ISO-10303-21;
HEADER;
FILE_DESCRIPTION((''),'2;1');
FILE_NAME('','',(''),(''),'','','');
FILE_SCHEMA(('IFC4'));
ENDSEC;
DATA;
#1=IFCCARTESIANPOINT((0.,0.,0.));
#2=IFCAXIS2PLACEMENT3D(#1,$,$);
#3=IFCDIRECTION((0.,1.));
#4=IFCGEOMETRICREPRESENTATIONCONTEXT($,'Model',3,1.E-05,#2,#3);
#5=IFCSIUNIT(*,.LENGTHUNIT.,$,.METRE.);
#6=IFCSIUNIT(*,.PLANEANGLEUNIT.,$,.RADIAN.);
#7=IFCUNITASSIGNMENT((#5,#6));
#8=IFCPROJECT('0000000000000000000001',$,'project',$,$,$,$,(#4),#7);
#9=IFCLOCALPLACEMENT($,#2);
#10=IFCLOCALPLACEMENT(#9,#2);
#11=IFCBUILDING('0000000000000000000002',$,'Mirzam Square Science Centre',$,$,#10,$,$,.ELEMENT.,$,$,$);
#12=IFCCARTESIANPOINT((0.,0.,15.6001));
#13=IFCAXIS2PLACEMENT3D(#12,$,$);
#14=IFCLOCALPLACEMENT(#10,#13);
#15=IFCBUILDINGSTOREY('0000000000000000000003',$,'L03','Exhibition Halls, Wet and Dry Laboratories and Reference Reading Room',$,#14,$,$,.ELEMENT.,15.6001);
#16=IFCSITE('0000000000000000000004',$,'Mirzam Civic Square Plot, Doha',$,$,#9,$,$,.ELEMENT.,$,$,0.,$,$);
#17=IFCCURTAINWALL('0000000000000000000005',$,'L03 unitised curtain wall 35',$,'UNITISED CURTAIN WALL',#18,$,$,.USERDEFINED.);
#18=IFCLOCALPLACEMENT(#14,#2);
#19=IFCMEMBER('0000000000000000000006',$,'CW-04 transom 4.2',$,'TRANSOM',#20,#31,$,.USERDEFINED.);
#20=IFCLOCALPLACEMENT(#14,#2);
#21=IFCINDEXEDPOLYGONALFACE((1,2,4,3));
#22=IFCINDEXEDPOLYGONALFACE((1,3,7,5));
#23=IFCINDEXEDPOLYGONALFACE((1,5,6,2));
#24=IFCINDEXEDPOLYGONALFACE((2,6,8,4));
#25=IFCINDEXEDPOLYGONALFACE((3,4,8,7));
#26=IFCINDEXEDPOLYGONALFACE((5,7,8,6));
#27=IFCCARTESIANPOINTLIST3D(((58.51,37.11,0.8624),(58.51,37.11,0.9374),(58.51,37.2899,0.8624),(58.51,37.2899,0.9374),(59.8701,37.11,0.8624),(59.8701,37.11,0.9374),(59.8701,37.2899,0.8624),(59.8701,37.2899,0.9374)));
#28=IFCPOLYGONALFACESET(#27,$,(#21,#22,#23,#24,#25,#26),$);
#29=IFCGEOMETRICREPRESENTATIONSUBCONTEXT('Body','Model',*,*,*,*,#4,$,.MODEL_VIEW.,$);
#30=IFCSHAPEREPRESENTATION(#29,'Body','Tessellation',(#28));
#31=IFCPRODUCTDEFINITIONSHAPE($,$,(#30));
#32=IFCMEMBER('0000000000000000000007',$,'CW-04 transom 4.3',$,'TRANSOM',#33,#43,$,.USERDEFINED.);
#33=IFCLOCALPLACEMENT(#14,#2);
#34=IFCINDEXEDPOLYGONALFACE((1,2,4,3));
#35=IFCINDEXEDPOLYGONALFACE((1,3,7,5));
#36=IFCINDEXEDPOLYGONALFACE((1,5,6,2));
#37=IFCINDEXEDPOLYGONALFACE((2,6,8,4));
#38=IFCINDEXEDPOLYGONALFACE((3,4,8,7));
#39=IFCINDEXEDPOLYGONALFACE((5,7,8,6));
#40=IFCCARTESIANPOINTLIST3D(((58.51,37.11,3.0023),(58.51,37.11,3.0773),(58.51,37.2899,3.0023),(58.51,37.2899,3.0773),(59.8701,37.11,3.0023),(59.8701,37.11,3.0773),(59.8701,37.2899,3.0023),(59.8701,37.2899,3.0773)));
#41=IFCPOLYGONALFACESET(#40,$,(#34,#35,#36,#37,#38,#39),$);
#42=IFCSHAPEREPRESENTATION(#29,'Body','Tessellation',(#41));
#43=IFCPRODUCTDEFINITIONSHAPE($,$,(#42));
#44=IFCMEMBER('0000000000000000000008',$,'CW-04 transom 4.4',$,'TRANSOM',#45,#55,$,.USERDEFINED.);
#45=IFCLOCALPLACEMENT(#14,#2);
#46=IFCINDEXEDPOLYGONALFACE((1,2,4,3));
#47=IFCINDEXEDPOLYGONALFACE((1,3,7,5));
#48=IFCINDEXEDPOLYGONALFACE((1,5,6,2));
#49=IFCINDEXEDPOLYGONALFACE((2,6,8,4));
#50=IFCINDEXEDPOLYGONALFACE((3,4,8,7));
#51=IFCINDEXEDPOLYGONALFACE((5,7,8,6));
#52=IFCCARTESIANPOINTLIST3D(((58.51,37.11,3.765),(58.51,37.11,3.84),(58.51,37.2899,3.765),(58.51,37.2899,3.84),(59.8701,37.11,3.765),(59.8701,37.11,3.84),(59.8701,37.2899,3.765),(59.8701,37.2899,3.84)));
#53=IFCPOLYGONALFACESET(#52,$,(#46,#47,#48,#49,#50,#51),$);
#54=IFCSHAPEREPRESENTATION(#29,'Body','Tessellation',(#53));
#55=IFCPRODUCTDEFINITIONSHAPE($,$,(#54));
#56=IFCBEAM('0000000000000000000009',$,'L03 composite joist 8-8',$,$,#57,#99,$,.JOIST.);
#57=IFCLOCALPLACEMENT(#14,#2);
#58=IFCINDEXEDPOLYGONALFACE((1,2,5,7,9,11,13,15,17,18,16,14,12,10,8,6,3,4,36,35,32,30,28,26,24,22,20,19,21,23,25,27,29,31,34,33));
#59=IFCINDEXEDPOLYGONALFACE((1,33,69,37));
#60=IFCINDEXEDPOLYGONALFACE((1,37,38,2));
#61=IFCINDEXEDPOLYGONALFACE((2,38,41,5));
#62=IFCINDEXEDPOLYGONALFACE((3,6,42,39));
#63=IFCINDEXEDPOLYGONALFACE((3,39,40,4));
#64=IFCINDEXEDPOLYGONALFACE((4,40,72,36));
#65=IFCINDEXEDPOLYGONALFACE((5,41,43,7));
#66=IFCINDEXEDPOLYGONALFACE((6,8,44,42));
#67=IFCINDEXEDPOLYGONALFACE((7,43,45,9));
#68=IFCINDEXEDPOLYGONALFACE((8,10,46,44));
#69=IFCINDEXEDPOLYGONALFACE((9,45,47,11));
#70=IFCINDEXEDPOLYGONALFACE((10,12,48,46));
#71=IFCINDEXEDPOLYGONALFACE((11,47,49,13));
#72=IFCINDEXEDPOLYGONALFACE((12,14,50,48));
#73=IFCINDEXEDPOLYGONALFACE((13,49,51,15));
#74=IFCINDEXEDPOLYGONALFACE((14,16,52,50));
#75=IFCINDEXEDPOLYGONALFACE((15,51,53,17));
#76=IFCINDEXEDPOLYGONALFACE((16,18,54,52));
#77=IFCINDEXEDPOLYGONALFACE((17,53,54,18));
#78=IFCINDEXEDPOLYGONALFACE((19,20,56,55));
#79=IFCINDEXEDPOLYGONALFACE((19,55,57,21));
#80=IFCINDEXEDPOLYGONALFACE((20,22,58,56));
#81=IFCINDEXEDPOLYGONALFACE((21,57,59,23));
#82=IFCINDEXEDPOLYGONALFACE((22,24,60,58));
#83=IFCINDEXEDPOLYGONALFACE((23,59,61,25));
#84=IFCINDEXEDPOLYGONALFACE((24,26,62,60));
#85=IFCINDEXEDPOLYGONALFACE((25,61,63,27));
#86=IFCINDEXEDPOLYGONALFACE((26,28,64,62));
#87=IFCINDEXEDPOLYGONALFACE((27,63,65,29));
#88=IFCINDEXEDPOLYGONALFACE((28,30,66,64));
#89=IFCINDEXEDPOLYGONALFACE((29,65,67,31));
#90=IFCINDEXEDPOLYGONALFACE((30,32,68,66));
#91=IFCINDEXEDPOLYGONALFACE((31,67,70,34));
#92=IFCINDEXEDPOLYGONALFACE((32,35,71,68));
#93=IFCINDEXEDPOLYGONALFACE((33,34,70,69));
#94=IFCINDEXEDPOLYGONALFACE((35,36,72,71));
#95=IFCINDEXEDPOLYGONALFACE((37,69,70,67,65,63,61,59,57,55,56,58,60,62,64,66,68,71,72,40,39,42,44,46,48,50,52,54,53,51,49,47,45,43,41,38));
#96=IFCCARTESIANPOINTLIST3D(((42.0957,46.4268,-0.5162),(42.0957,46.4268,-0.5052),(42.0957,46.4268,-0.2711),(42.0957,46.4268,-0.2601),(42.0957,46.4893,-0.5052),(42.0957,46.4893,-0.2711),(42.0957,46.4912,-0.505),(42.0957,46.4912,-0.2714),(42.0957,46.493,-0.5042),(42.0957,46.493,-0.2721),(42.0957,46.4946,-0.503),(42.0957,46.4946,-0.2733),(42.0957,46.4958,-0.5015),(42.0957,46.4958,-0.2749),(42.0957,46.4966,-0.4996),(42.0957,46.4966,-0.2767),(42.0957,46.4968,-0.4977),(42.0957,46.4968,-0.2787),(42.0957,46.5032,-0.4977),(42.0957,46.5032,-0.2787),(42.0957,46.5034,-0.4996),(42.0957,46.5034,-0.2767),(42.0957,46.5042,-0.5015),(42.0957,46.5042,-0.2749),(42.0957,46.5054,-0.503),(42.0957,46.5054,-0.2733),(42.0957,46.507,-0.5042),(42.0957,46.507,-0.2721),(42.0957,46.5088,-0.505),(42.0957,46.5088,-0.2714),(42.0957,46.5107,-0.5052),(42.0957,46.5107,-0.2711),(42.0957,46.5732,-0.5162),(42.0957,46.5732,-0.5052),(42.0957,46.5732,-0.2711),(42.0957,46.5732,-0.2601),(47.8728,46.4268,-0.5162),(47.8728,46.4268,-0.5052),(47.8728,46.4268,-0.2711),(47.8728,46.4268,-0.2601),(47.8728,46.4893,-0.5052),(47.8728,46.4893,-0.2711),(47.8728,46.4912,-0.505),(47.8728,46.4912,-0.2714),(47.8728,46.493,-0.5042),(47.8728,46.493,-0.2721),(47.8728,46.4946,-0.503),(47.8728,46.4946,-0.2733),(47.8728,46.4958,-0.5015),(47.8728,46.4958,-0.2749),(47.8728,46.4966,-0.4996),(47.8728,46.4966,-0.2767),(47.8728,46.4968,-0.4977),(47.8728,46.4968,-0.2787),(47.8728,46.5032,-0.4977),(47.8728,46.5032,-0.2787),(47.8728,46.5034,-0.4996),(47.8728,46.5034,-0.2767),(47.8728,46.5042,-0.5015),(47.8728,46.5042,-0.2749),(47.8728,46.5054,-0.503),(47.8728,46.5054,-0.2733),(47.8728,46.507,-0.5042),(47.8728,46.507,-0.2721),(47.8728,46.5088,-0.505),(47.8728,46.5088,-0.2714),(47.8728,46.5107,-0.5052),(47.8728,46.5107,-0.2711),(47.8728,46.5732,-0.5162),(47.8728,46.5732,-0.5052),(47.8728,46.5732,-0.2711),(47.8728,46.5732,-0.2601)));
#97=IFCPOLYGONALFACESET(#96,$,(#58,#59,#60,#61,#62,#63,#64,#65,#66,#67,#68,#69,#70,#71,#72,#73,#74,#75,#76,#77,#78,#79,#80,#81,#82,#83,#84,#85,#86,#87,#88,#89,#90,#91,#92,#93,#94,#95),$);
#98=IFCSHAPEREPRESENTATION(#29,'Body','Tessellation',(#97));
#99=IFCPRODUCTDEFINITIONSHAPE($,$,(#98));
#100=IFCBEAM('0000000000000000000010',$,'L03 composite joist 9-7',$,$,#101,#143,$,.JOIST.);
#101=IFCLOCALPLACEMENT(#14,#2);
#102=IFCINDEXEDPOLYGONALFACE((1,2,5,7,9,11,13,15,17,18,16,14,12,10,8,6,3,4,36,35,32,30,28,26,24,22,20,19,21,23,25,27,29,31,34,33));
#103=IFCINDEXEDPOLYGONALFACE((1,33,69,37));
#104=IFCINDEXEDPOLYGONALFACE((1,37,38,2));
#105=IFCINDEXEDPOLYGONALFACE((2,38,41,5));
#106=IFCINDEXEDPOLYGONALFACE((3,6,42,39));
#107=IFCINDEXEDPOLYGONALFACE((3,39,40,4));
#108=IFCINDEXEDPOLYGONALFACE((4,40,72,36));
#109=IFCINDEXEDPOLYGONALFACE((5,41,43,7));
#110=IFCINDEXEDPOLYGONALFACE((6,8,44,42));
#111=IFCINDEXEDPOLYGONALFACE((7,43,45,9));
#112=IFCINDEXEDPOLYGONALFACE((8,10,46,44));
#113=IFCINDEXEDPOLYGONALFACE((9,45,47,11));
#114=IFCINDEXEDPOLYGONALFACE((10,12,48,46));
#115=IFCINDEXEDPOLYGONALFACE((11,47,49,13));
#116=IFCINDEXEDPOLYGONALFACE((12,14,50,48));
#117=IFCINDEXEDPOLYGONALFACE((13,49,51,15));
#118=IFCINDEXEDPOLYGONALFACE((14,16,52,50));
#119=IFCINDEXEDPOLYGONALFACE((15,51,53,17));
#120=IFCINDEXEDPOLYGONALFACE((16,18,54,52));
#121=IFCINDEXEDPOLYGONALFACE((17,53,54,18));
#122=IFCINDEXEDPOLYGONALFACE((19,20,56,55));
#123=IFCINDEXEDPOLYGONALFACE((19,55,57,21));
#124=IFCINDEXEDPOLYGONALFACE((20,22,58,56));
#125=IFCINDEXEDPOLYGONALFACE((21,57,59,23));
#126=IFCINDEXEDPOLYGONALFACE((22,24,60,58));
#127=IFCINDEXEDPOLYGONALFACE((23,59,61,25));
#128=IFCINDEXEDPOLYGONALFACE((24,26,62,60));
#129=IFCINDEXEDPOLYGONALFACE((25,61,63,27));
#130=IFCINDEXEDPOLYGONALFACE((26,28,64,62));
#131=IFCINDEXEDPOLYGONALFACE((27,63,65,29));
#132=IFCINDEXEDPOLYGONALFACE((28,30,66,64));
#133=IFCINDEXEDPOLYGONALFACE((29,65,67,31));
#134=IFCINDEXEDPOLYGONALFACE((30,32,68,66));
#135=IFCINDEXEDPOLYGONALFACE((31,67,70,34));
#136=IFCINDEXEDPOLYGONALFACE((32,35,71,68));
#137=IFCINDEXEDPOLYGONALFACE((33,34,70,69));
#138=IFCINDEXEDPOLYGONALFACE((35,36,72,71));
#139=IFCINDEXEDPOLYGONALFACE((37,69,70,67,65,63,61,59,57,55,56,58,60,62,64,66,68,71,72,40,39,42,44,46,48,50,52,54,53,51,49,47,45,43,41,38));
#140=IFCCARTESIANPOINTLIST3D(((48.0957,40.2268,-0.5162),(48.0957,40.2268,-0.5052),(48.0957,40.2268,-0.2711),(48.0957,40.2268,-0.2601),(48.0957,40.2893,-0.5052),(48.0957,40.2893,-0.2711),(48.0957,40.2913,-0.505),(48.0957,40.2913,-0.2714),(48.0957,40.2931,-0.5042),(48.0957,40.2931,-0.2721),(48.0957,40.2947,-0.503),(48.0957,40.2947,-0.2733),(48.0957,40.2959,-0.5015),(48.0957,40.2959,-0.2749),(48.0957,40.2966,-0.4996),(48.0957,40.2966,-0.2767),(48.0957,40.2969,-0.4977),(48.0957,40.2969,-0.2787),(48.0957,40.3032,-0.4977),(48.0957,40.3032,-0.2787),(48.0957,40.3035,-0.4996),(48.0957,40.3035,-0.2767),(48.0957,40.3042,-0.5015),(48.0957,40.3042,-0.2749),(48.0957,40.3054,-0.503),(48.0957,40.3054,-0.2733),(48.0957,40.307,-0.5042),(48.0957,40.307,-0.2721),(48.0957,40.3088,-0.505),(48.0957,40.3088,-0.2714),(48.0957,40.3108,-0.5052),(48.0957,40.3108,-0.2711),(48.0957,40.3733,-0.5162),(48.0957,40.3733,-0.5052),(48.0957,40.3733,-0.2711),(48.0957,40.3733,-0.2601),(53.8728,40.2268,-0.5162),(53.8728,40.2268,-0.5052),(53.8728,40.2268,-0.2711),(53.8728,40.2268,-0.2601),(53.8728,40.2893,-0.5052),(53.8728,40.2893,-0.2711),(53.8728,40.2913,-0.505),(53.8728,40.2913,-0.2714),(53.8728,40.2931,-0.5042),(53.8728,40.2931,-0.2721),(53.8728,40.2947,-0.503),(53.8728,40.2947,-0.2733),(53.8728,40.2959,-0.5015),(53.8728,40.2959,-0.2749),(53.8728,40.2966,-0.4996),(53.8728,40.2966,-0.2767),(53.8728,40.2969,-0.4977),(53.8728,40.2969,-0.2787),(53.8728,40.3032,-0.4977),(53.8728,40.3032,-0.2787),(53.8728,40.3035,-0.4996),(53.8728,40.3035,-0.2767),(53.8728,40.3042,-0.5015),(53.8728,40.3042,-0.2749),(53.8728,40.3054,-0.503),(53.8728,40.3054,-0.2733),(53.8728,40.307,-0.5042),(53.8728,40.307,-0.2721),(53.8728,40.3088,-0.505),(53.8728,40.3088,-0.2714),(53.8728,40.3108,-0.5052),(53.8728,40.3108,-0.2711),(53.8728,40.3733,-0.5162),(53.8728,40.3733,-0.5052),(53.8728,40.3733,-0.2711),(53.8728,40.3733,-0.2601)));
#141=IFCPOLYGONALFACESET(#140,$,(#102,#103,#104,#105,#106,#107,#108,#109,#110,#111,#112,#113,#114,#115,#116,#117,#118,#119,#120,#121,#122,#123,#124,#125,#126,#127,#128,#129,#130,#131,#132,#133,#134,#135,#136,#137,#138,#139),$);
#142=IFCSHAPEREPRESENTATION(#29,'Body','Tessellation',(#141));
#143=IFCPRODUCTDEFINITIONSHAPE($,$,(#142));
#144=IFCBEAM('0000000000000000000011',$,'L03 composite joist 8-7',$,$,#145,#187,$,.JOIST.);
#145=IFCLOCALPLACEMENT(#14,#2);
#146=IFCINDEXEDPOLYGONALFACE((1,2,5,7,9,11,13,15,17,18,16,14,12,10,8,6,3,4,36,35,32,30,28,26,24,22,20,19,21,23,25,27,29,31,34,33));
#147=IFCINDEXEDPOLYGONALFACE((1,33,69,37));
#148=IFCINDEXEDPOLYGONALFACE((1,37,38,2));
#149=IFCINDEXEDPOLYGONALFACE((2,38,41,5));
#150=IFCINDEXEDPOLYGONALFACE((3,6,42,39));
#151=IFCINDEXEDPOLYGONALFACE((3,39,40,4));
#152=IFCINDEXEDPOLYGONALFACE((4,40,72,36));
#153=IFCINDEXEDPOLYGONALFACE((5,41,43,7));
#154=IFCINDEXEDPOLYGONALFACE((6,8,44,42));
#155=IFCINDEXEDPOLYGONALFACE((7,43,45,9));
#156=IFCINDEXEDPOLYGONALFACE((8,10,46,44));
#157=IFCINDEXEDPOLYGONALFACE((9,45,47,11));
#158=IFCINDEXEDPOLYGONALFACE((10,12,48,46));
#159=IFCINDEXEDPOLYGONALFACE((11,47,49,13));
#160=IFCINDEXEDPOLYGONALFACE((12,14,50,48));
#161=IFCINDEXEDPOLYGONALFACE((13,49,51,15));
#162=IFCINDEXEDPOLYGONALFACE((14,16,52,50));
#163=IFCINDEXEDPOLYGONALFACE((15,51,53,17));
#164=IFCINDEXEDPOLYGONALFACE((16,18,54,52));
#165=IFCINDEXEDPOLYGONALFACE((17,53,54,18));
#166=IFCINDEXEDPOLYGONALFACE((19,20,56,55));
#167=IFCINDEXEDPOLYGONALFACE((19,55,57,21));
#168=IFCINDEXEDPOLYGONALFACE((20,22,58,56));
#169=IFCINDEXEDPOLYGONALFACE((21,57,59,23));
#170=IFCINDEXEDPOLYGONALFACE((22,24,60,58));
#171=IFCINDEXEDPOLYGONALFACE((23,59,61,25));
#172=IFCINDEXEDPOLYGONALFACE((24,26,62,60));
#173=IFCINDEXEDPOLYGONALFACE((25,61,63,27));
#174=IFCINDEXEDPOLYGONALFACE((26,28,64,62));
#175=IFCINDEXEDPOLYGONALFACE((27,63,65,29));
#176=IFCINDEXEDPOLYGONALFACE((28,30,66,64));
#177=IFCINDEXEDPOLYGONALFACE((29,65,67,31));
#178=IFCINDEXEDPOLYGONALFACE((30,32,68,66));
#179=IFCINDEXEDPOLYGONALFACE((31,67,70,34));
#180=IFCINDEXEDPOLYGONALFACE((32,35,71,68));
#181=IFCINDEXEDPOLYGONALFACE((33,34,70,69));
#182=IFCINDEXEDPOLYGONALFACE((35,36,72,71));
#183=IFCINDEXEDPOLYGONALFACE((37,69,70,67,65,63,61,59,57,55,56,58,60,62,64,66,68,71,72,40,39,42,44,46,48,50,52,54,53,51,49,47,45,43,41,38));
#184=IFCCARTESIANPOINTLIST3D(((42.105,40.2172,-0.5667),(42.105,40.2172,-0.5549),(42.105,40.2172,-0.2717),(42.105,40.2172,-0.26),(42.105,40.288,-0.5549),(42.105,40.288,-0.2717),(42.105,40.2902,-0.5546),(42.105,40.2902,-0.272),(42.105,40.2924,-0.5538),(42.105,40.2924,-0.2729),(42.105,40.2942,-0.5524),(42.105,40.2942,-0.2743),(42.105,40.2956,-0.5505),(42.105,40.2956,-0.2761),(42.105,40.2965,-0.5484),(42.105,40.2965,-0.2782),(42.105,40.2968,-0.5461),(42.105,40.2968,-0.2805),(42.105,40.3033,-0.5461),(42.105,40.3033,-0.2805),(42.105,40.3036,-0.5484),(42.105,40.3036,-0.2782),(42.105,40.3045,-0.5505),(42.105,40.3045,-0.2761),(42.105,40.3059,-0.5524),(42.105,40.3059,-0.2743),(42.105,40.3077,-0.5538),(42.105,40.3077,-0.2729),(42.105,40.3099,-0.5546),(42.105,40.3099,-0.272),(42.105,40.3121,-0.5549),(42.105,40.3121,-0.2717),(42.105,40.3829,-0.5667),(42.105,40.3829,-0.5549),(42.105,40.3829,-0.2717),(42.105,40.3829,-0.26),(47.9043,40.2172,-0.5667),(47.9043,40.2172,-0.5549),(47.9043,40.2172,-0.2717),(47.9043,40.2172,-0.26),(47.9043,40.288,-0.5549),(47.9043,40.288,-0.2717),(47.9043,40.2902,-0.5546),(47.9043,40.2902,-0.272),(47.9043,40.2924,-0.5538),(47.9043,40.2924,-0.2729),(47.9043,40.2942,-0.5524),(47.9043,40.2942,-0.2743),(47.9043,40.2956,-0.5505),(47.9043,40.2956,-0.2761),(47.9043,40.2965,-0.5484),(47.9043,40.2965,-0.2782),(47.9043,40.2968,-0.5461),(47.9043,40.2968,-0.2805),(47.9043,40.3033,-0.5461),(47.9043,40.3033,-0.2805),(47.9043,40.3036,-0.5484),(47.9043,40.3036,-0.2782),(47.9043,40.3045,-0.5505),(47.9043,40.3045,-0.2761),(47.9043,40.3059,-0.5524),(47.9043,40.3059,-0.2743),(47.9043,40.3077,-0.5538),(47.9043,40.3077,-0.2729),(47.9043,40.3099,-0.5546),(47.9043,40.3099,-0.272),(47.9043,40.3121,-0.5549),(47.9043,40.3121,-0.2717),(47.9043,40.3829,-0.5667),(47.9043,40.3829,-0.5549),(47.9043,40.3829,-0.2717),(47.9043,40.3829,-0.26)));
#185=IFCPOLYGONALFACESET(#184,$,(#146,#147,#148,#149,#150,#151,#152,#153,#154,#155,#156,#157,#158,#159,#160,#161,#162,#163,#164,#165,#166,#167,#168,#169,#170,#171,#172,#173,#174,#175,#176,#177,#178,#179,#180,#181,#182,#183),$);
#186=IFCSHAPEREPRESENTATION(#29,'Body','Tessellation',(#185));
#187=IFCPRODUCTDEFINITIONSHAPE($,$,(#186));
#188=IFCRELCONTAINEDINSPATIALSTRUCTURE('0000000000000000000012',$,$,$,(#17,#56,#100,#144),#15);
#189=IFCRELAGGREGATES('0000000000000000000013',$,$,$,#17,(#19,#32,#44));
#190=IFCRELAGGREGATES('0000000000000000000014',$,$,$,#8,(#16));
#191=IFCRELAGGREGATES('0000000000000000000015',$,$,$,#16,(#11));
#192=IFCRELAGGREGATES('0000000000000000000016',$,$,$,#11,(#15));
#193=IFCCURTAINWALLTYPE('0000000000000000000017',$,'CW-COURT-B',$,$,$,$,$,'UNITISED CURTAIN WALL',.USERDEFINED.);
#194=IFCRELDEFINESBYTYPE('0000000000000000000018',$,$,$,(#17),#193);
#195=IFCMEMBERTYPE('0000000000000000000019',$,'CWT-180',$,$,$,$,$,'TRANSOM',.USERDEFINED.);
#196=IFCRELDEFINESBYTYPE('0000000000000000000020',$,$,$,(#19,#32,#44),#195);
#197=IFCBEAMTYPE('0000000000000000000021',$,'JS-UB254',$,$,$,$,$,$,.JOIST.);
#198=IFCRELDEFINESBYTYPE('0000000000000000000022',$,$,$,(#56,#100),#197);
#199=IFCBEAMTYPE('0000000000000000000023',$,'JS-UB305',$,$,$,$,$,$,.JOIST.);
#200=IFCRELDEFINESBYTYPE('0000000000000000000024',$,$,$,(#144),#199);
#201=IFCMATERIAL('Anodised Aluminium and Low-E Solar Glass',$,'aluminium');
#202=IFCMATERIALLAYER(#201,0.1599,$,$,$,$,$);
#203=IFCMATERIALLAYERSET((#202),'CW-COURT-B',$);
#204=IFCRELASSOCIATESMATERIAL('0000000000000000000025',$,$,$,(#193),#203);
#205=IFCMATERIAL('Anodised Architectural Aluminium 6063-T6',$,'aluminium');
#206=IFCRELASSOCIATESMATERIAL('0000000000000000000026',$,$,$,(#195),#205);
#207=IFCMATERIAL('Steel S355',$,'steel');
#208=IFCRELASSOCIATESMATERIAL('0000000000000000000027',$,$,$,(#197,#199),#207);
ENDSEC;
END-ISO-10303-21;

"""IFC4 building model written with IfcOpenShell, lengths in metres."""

from ifc_helpers import new_model, si_unit, direction, frame, origin, origin_2d, place, context, subcontext, project, spatial, rectangle, i_section, extrude, material, layer, layer_set, material_profile, profile_set, type_object, element, aggregate, save


model = new_model("IFC4")

# Units and contexts
model_context = context("Model", 3, precision=1e-05, world=origin(), true_north=direction((0.0, 1.0)))
body_context = subcontext(model_context, "Body", "Model", "MODEL_VIEW")
ifc_project = project(units=[si_unit("LENGTHUNIT", "METRE"), si_unit("PLANEANGLEUNIT", "RADIAN")], contexts=[model_context])

# Site, building, storey
site_placement = place(None, origin())
site = spatial("IfcSite", under=ifc_project, at=site_placement, Name="Mirzam Civic Square Plot, Doha", CompositionType="ELEMENT", RefElevation=0.0)
building_placement = place(site_placement, origin())
building = spatial("IfcBuilding", under=site, at=building_placement, Name="Mirzam Square Science Centre", CompositionType="ELEMENT")
storey_placement = place(building_placement, frame((0.0, 0.0, 15.6001)))
storey = spatial("IfcBuildingStorey", under=building, at=storey_placement, Name="L03", Description="Exhibition Halls, Wet and Dry Laboratories and Reference Reading Room", CompositionType="ELEMENT", Elevation=15.6001)

# Shared definitions
ifc_material_1 = material(Name="Steel S355", Category="steel")

# Curtain wall, members
ifc_material_2 = material(Name="Anodised Aluminium and Low-E Solar Glass", Category="aluminium")
ifc_layer_1 = layer(ifc_material_2, 0.1599)
ifc_layer_set_1 = layer_set([ifc_layer_1], Name="CW-COURT-B")
curtain_wall_type = type_object("IfcCurtainWallType", Name="CW-COURT-B", ElementType="UNITISED CURTAIN WALL", PredefinedType="USERDEFINED", material=ifc_layer_set_1)
curtain_wall_placement = place(storey_placement, origin())
curtain_wall = element("IfcCurtainWall", 1, at=curtain_wall_placement, inside=storey, type_object=curtain_wall_type, Name="L03 unitised curtain wall 35", ObjectType="UNITISED CURTAIN WALL", PredefinedType="USERDEFINED")
ifc_material_3 = material(Name="Anodised Architectural Aluminium 6063-T6", Category="aluminium")
ifc_material_profile_1 = material_profile(ifc_material_3, rectangle(XDim=0.1799, YDim=0.075, at=origin_2d()), Name="ALU-TRAN-180x75x5")
ifc_profile_set_1 = profile_set([ifc_material_profile_1], Name="Anodised Architectural Aluminium 6063-T6")
member_type_1 = type_object("IfcMemberType", Name="CWT-180", ElementType="TRANSOM", PredefinedType="USERDEFINED", material=ifc_profile_set_1)
member_1_placement = place(storey_placement, frame((58.51, 37.2, 0.8999), z_axis=(1.0, 0.0, 0.0), x_axis=(0.0, 1.0, 0.0)))
member_1 = element("IfcMember", 2, at=member_1_placement, type_object=member_type_1, Name="CW-04 transom 4.2", ObjectType="TRANSOM", PredefinedType="USERDEFINED", context=body_context, shape_type="SweptSolid", body=[
    extrude(rectangle(XDim=0.1799, YDim=0.075, at=origin_2d()), origin(), (0.0, 0.0, 1.0), 1.3601),
])
member_2_placement = place(storey_placement, frame((58.51, 37.2, 3.0398), z_axis=(1.0, 0.0, 0.0), x_axis=(0.0, 1.0, 0.0)))
member_2 = element("IfcMember", 3, at=member_2_placement, type_object=member_type_1, Name="CW-04 transom 4.3", ObjectType="TRANSOM", PredefinedType="USERDEFINED", context=body_context, shape_type="SweptSolid", body=[
    extrude(rectangle(XDim=0.1799, YDim=0.075, at=origin_2d()), origin(), (0.0, 0.0, 1.0), 1.3601),
])
member_3_placement = place(storey_placement, frame((58.51, 37.2, 3.8025), z_axis=(1.0, 0.0, 0.0), x_axis=(0.0, 1.0, 0.0)))
member_3 = element("IfcMember", 4, at=member_3_placement, type_object=member_type_1, Name="CW-04 transom 4.4", ObjectType="TRANSOM", PredefinedType="USERDEFINED", context=body_context, shape_type="SweptSolid", body=[
    extrude(rectangle(XDim=0.1799, YDim=0.075, at=origin_2d()), origin(), (0.0, 0.0, 1.0), 1.3601),
])

# Beams
ifc_material_profile_2 = material_profile(ifc_material_1, i_section(OverallWidth=0.1465, OverallDepth=0.2561, WebThickness=0.0063, FlangeThickness=0.011, FilletRadius=0.0076, at=origin_2d()), Name="254x146x37UB")
ifc_profile_set_2 = profile_set([ifc_material_profile_2], Name="Steel S355")
beam_type_1 = type_object("IfcBeamType", Name="JS-UB254", PredefinedType="JOIST", material=ifc_profile_set_2)
for number, where, z_axis, x_axis, name in (
    (5, (42.0957, 46.5, -0.3882), (1.0, 0.0, 0.0), (0.0, 1.0, 0.0), "L03 composite joist 8-8"),
    (6, (48.0957, 40.3, -0.3882), (1.0, 0.0, 0.0), (0.0, 1.0, 0.0), "L03 composite joist 9-7"),
):
    element("IfcBeam", number, at=place(storey_placement, frame(where, z_axis=z_axis, x_axis=x_axis)), inside=storey, type_object=beam_type_1, Name=name, PredefinedType="JOIST", context=body_context, shape_type="SweptSolid", body=[
        extrude(i_section(OverallWidth=0.1465, OverallDepth=0.2561, WebThickness=0.0063, FlangeThickness=0.011, FilletRadius=0.0076, at=origin_2d()), origin(), (0.0, 0.0, 1.0), 5.7771),
    ])
ifc_material_profile_3 = material_profile(ifc_material_1, i_section(OverallWidth=0.1658, OverallDepth=0.3066, WebThickness=0.0066, FlangeThickness=0.0117, FilletRadius=0.0088, at=origin_2d()), Name="305x165x46UB")
ifc_profile_set_3 = profile_set([ifc_material_profile_3], Name="Steel S355")
beam_type_2 = type_object("IfcBeamType", Name="JS-UB305", PredefinedType="JOIST", material=ifc_profile_set_3)
beam_1_placement = place(storey_placement, frame((42.105, 40.3, -0.4133), z_axis=(1.0, 0.0, 0.0), x_axis=(0.0, 1.0, 0.0)))
element("IfcBeam", 7, at=beam_1_placement, inside=storey, type_object=beam_type_2, Name="L03 composite joist 8-7", PredefinedType="JOIST", context=body_context, shape_type="SweptSolid", body=[
    extrude(i_section(OverallWidth=0.1658, OverallDepth=0.3066, WebThickness=0.0066, FlangeThickness=0.0117, FilletRadius=0.0088, at=origin_2d()), origin(), (0.0, 0.0, 1.0), 5.7993),
])

aggregate(curtain_wall, [member_1, member_2, member_3])

save(model, "model.ifc")
